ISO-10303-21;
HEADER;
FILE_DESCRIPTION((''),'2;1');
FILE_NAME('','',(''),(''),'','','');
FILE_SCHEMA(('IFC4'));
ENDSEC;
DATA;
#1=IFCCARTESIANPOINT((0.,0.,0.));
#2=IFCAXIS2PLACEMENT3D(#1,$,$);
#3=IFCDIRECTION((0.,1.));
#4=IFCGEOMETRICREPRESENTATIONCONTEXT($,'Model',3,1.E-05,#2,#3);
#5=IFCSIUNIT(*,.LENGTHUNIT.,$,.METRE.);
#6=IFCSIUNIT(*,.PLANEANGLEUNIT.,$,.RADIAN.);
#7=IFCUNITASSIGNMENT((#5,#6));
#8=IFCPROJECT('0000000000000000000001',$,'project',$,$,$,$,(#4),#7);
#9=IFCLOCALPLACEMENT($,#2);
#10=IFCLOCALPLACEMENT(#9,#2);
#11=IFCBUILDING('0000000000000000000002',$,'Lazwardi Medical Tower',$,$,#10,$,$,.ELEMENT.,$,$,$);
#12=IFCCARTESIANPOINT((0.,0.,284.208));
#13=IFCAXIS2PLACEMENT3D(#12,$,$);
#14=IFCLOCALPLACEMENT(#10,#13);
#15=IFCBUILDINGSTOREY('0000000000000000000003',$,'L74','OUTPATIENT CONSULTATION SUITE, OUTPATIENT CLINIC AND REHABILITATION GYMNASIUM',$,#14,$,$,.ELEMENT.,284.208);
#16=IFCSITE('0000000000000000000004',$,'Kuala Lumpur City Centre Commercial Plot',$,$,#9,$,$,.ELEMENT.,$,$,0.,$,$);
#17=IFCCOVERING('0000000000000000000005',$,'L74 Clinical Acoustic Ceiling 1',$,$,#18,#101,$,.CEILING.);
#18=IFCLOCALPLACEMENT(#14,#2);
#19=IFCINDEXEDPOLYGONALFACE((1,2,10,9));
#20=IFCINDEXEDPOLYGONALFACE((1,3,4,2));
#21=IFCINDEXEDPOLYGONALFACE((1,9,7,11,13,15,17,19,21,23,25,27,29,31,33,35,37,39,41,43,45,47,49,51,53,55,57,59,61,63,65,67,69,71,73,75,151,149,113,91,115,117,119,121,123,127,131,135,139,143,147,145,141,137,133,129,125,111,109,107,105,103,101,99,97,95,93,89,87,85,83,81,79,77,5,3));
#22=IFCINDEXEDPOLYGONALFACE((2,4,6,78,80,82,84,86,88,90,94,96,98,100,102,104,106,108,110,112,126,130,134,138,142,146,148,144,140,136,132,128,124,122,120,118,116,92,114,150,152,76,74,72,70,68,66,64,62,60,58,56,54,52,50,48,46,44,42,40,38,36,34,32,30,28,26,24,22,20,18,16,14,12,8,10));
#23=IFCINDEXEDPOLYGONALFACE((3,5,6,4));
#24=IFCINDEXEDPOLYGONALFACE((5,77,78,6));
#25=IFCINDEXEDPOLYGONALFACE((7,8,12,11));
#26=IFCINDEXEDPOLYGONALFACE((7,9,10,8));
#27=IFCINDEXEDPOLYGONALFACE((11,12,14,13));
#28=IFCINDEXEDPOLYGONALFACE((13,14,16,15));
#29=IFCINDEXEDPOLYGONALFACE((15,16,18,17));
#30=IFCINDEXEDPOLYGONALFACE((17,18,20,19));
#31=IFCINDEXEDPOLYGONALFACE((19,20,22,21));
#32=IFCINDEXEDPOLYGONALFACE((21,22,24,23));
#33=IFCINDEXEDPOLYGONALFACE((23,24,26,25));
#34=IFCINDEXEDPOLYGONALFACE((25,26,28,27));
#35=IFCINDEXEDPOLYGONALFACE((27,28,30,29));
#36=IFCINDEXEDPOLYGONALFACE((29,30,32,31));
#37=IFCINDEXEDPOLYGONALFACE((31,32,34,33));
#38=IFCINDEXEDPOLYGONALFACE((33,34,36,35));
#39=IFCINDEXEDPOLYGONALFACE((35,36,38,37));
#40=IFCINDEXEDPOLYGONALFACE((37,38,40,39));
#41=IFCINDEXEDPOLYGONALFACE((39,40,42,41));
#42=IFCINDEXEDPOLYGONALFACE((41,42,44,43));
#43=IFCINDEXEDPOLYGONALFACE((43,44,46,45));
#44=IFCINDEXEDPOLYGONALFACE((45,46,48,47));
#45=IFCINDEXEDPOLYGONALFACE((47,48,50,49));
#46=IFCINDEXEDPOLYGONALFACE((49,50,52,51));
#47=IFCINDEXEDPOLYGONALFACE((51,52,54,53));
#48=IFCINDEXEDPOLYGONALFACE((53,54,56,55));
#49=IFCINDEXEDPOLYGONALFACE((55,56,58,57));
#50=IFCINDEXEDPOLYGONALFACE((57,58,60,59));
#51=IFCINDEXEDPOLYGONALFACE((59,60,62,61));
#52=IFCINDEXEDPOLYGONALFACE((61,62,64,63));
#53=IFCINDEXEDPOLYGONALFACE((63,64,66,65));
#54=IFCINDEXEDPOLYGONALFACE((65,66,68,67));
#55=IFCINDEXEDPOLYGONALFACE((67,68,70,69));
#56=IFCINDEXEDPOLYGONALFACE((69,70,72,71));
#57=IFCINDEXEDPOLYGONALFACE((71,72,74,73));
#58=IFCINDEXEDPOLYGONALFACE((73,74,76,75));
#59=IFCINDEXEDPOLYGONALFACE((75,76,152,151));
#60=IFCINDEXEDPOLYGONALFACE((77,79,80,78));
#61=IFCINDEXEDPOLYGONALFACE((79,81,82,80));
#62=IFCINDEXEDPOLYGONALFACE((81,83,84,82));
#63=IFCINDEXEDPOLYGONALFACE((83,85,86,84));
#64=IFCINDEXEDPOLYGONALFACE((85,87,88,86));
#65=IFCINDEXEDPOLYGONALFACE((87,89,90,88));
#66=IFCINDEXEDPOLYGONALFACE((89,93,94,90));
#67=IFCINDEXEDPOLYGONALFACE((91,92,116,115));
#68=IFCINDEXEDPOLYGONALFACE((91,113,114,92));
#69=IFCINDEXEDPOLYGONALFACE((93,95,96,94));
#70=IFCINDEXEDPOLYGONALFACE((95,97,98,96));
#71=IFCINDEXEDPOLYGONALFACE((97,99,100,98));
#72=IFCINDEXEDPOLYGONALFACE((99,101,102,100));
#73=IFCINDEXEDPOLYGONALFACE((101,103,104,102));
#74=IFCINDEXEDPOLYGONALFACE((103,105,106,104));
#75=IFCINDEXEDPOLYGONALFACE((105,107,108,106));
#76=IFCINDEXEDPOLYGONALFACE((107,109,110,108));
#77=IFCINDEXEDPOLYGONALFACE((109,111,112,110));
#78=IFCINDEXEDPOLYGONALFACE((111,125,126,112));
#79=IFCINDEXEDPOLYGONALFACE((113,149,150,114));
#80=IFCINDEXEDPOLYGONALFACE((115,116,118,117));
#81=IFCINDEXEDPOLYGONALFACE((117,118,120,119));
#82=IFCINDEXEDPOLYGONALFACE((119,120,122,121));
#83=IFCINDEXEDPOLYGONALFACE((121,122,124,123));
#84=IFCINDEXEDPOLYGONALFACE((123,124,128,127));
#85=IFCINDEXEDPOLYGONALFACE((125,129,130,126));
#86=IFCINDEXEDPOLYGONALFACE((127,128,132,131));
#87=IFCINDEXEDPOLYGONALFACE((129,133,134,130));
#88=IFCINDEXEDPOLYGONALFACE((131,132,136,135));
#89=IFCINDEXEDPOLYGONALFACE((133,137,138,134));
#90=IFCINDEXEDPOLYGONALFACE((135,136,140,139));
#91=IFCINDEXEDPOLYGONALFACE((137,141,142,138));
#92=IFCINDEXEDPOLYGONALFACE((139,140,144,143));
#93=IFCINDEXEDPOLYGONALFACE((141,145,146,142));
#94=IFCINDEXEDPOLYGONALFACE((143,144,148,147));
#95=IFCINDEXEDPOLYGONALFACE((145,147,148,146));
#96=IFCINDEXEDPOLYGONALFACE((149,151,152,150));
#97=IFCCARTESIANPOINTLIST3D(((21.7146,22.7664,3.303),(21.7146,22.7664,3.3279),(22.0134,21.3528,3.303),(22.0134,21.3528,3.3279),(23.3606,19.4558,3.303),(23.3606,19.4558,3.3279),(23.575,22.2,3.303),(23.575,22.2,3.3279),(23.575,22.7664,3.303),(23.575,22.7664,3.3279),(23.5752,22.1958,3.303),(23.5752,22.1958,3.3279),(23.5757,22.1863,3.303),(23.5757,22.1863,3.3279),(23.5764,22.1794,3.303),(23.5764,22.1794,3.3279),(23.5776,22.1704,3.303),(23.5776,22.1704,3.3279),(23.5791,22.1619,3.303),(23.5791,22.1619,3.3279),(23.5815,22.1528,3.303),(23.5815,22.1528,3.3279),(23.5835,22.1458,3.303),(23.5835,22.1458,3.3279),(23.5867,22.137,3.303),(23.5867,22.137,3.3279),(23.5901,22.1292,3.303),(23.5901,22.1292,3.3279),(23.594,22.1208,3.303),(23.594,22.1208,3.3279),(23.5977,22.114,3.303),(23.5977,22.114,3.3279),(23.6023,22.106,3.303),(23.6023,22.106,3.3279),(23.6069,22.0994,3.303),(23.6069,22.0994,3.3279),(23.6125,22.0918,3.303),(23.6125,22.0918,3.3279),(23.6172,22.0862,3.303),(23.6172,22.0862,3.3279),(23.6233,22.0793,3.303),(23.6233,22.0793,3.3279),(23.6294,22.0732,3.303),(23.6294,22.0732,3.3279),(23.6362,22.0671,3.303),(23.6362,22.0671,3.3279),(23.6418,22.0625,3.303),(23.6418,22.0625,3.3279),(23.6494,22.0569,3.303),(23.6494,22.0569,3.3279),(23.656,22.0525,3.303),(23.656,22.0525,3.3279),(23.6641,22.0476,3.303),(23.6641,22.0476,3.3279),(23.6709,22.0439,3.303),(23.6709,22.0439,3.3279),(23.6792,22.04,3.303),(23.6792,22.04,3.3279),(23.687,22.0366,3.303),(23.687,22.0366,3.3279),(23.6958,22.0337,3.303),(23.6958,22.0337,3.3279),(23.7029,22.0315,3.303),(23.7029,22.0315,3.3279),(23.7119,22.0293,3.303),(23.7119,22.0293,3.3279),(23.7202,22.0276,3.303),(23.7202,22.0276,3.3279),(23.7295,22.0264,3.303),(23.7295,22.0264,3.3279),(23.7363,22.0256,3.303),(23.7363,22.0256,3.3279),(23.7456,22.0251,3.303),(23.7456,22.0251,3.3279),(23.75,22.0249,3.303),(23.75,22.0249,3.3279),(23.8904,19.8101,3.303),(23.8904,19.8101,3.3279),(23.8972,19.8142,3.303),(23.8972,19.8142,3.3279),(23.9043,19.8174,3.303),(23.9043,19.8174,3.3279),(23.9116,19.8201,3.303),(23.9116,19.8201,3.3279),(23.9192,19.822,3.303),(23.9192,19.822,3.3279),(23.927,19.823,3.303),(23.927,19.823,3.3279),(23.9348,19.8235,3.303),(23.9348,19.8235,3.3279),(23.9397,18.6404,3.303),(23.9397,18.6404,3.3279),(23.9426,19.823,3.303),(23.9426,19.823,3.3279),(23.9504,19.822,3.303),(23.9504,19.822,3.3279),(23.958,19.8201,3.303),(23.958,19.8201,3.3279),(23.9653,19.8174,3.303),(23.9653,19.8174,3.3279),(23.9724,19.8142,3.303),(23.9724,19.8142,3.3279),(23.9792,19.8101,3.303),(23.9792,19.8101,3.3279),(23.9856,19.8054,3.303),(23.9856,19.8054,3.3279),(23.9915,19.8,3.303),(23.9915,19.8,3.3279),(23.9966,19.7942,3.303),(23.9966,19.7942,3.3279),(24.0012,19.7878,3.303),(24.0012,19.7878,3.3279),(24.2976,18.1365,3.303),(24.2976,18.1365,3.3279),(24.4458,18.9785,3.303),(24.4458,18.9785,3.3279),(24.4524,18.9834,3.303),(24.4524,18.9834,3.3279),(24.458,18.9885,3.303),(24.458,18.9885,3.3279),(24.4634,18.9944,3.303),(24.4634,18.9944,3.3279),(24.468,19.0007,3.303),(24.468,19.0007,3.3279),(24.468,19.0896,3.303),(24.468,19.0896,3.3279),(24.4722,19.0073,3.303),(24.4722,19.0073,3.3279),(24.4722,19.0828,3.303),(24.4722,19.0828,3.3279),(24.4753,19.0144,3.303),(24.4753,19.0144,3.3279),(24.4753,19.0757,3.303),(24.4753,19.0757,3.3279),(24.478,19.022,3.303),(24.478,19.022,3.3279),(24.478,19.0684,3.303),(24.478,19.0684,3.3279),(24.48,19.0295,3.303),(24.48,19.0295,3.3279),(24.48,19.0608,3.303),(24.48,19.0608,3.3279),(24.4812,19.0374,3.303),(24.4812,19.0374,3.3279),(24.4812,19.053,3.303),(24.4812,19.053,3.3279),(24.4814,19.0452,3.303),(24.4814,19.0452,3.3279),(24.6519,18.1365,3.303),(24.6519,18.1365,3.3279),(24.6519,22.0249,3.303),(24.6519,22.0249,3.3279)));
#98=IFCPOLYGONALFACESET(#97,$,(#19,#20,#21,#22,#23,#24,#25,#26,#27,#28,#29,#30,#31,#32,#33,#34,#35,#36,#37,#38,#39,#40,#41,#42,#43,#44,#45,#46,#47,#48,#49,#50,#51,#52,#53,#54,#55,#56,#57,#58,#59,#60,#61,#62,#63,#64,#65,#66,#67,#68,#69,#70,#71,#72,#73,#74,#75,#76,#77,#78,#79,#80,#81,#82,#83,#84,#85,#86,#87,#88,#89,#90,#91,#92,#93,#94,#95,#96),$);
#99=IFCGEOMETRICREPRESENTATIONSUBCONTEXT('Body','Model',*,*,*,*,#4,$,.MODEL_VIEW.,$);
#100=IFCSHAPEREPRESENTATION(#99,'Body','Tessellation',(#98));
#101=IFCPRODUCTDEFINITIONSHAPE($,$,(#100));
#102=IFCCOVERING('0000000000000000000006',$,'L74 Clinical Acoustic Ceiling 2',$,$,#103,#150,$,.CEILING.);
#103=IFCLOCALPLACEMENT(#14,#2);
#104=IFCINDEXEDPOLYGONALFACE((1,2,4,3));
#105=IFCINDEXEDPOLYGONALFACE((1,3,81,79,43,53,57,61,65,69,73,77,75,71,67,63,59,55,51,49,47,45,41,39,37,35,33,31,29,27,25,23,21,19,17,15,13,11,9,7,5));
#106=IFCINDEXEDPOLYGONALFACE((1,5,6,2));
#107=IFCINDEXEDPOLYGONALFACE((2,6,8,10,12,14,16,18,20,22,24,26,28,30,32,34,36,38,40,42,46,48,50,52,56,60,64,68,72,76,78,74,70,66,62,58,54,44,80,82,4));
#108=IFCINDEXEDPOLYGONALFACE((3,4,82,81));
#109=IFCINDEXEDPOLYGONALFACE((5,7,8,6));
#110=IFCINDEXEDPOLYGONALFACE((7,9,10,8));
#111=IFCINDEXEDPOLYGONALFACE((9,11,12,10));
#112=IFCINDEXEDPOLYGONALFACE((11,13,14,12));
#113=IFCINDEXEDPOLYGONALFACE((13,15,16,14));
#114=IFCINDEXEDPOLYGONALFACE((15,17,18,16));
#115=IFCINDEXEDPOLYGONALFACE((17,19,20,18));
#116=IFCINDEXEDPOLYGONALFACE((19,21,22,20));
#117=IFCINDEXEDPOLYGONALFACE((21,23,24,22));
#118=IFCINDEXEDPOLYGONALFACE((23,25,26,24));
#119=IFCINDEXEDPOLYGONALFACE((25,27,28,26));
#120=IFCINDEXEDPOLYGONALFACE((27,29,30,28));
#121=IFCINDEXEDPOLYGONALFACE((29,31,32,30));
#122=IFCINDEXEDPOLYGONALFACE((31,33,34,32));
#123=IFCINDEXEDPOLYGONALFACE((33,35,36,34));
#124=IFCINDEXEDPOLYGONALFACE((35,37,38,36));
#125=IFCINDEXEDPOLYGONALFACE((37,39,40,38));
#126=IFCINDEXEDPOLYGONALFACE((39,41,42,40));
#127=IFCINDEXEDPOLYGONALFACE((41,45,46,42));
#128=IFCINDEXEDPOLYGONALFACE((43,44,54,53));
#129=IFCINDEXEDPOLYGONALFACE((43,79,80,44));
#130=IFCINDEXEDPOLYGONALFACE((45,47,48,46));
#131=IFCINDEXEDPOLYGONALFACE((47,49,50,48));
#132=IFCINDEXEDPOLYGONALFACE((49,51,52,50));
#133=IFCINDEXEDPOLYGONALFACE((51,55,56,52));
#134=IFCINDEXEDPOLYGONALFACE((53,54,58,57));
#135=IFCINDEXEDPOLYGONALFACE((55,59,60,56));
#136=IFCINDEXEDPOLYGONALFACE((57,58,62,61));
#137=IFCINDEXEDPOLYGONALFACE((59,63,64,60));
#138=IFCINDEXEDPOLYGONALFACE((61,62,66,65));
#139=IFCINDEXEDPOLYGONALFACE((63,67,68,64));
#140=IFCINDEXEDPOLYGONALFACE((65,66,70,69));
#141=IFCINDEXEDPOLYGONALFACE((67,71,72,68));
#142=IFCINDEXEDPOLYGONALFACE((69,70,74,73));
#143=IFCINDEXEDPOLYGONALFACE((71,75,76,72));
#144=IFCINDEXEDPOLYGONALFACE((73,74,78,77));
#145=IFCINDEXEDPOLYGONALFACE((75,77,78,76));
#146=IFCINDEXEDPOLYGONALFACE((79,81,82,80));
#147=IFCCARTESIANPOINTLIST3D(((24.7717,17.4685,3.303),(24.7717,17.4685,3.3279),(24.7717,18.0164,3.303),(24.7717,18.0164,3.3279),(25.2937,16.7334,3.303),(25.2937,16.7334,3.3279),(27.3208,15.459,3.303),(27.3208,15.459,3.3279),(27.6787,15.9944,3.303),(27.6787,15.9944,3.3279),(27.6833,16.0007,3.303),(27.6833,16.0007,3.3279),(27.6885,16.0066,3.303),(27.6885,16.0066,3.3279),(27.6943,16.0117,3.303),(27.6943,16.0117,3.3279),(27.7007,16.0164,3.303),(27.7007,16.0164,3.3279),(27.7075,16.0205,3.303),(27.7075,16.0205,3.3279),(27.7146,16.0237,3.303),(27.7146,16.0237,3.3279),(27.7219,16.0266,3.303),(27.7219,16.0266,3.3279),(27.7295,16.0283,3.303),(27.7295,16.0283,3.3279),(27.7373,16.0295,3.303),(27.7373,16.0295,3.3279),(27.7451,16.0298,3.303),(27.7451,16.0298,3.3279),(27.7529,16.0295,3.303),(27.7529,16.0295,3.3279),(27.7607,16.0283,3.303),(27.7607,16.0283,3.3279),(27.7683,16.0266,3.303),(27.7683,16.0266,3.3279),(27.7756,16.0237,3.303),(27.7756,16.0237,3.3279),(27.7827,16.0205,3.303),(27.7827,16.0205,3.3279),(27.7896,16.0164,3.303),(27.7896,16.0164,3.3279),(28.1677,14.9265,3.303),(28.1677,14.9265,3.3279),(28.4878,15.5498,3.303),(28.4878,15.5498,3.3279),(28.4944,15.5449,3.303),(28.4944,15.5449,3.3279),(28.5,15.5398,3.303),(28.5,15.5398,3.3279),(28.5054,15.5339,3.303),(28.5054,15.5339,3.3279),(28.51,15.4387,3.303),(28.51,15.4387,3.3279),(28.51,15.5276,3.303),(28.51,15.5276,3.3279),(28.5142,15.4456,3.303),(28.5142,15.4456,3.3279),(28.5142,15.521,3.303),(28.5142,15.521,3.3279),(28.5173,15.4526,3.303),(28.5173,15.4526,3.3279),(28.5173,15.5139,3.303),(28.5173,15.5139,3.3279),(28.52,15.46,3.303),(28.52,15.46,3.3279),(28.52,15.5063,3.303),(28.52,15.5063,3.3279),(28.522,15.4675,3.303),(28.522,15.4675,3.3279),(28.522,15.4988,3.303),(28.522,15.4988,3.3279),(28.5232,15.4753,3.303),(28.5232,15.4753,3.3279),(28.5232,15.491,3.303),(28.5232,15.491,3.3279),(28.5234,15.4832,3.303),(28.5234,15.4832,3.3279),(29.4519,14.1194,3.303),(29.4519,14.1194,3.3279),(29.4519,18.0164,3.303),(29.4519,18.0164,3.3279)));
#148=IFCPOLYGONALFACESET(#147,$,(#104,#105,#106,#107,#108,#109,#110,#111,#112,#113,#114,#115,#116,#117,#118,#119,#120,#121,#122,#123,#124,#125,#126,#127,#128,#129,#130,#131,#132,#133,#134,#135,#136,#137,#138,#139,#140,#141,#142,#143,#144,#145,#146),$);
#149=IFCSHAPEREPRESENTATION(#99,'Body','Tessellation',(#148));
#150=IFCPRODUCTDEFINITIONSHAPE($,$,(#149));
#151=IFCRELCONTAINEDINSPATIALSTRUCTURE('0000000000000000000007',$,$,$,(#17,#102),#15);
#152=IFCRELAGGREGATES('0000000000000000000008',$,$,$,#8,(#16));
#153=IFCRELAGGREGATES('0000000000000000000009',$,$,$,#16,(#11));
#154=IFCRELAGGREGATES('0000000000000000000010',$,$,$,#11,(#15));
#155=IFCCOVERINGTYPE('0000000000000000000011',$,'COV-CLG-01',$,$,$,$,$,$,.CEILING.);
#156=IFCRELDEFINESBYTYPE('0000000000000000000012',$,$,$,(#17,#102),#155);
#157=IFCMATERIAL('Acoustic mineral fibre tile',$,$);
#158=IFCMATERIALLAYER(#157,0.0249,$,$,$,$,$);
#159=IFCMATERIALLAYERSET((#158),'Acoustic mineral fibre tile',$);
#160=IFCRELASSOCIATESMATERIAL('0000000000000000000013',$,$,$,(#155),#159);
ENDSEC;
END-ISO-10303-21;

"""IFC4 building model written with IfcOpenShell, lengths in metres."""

from ifc_helpers import new_model, si_unit, direction, frame, origin, place, context, subcontext, project, spatial, polyline, outline, extrude, material, layer, layer_set, type_object, element, save


model = new_model("IFC4")

# Units and contexts
model_context = context("Model", 3, precision=1e-05, world=origin(), true_north=direction((0.0, 1.0)))
body_context = subcontext(model_context, "Body", "Model", "MODEL_VIEW")
ifc_project = project(units=[si_unit("LENGTHUNIT", "METRE"), si_unit("PLANEANGLEUNIT", "RADIAN")], contexts=[model_context])

# Site, building, storey
site_placement = place(None, origin())
site = spatial("IfcSite", under=ifc_project, at=site_placement, Name="Kuala Lumpur City Centre Commercial Plot", CompositionType="ELEMENT", RefElevation=0.0)
building_placement = place(site_placement, origin())
building = spatial("IfcBuilding", under=site, at=building_placement, Name="Lazwardi Medical Tower", CompositionType="ELEMENT")
storey_placement = place(building_placement, frame((0.0, 0.0, 284.208)))
storey = spatial("IfcBuildingStorey", under=building, at=storey_placement, Name="L74", Description="OUTPATIENT CONSULTATION SUITE, OUTPATIENT CLINIC AND REHABILITATION GYMNASIUM", CompositionType="ELEMENT", Elevation=284.208)

# Coverings
ifc_material_1 = material(Name="Acoustic mineral fibre tile")
ifc_layer_1 = layer(ifc_material_1, 0.0249)
ifc_layer_set_1 = layer_set([ifc_layer_1], Name="Acoustic mineral fibre tile")
covering_type_1 = type_object("IfcCoveringType", Name="COV-CLG-01", PredefinedType="CEILING", material=ifc_layer_set_1)
covering_1_placement = place(storey_placement, frame((0.0, 0.0, 3.303)))
element("IfcCovering", 1, at=covering_1_placement, inside=storey, type_object=covering_type_1, Name="L74 Clinical Acoustic Ceiling 1", PredefinedType="CEILING", context=body_context, shape_type="SweptSolid", body=[
    extrude(outline(polyline([(24.6519, 22.0249), (23.75, 22.0249), (23.7456, 22.0251), (23.7363, 22.0256), (23.7295, 22.0264), (23.7202, 22.0276), (23.7119, 22.0293), (23.7029, 22.0315), (23.6958, 22.0337), (23.687, 22.0366), (23.6792, 22.04), (23.6709, 22.0439), (23.6641, 22.0476), (23.656, 22.0525), (23.6494, 22.0569), (23.6418, 22.0625), (23.6362, 22.0671), (23.6294, 22.0732), (23.6233, 22.0793), (23.6172, 22.0862), (23.6125, 22.0918), (23.6069, 22.0994), (23.6023, 22.106), (23.5977, 22.114), (23.594, 22.1208), (23.5901, 22.1292), (23.5867, 22.137), (23.5835, 22.1458), (23.5815, 22.1528), (23.5791, 22.1619), (23.5776, 22.1704), (23.5764, 22.1794), (23.5757, 22.1863), (23.5752, 22.1958), (23.575, 22.2), (23.575, 22.7664), (21.7146, 22.7664), (22.0134, 21.3528), (23.3606, 19.4558), (23.8904, 19.8101), (23.8972, 19.8142), (23.9043, 19.8174), (23.9116, 19.8201), (23.9192, 19.822), (23.927, 19.823), (23.9348, 19.8235), (23.9426, 19.823), (23.9504, 19.822), (23.958, 19.8201), (23.9653, 19.8174), (23.9724, 19.8142), (23.9792, 19.8101), (23.9856, 19.8054), (23.9915, 19.8), (23.9966, 19.7942), (24.0012, 19.7878), (24.468, 19.0896), (24.4722, 19.0828), (24.4753, 19.0757), (24.478, 19.0684), (24.48, 19.0608), (24.4812, 19.053), (24.4814, 19.0452), (24.4812, 19.0374), (24.48, 19.0295), (24.478, 19.022), (24.4753, 19.0144), (24.4722, 19.0073), (24.468, 19.0007), (24.4634, 18.9944), (24.458, 18.9885), (24.4524, 18.9834), (24.4458, 18.9785), (23.9397, 18.6404), (24.2976, 18.1365), (24.6519, 18.1365), (24.6519, 22.0249)])), origin(), (0.0, 0.0, 1.0), 0.0249),
])
covering_2_placement = place(storey_placement, frame((0.0, 0.0, 3.303)))
element("IfcCovering", 2, at=covering_2_placement, inside=storey, type_object=covering_type_1, Name="L74 Clinical Acoustic Ceiling 2", PredefinedType="CEILING", context=body_context, shape_type="SweptSolid", body=[
    extrude(outline(polyline([(24.7717, 17.4685), (25.2937, 16.7334), (27.3208, 15.459), (27.6787, 15.9944), (27.6833, 16.0007), (27.6885, 16.0066), (27.6943, 16.0117), (27.7007, 16.0164), (27.7075, 16.0205), (27.7146, 16.0237), (27.7219, 16.0266), (27.7295, 16.0283), (27.7373, 16.0295), (27.7451, 16.0298), (27.7529, 16.0295), (27.7607, 16.0283), (27.7683, 16.0266), (27.7756, 16.0237), (27.7827, 16.0205), (27.7896, 16.0164), (28.4878, 15.5498), (28.4944, 15.5449), (28.5, 15.5398), (28.5054, 15.5339), (28.51, 15.5276), (28.5142, 15.521), (28.5173, 15.5139), (28.52, 15.5063), (28.522, 15.4988), (28.5232, 15.491), (28.5234, 15.4832), (28.5232, 15.4753), (28.522, 15.4675), (28.52, 15.46), (28.5173, 15.4526), (28.5142, 15.4456), (28.51, 15.4387), (28.1677, 14.9265), (29.4519, 14.1194), (29.4519, 18.0164), (24.7717, 18.0164), (24.7717, 17.4685)])), origin(), (0.0, 0.0, 1.0), 0.0249),
])

save(model, "model.ifc")
